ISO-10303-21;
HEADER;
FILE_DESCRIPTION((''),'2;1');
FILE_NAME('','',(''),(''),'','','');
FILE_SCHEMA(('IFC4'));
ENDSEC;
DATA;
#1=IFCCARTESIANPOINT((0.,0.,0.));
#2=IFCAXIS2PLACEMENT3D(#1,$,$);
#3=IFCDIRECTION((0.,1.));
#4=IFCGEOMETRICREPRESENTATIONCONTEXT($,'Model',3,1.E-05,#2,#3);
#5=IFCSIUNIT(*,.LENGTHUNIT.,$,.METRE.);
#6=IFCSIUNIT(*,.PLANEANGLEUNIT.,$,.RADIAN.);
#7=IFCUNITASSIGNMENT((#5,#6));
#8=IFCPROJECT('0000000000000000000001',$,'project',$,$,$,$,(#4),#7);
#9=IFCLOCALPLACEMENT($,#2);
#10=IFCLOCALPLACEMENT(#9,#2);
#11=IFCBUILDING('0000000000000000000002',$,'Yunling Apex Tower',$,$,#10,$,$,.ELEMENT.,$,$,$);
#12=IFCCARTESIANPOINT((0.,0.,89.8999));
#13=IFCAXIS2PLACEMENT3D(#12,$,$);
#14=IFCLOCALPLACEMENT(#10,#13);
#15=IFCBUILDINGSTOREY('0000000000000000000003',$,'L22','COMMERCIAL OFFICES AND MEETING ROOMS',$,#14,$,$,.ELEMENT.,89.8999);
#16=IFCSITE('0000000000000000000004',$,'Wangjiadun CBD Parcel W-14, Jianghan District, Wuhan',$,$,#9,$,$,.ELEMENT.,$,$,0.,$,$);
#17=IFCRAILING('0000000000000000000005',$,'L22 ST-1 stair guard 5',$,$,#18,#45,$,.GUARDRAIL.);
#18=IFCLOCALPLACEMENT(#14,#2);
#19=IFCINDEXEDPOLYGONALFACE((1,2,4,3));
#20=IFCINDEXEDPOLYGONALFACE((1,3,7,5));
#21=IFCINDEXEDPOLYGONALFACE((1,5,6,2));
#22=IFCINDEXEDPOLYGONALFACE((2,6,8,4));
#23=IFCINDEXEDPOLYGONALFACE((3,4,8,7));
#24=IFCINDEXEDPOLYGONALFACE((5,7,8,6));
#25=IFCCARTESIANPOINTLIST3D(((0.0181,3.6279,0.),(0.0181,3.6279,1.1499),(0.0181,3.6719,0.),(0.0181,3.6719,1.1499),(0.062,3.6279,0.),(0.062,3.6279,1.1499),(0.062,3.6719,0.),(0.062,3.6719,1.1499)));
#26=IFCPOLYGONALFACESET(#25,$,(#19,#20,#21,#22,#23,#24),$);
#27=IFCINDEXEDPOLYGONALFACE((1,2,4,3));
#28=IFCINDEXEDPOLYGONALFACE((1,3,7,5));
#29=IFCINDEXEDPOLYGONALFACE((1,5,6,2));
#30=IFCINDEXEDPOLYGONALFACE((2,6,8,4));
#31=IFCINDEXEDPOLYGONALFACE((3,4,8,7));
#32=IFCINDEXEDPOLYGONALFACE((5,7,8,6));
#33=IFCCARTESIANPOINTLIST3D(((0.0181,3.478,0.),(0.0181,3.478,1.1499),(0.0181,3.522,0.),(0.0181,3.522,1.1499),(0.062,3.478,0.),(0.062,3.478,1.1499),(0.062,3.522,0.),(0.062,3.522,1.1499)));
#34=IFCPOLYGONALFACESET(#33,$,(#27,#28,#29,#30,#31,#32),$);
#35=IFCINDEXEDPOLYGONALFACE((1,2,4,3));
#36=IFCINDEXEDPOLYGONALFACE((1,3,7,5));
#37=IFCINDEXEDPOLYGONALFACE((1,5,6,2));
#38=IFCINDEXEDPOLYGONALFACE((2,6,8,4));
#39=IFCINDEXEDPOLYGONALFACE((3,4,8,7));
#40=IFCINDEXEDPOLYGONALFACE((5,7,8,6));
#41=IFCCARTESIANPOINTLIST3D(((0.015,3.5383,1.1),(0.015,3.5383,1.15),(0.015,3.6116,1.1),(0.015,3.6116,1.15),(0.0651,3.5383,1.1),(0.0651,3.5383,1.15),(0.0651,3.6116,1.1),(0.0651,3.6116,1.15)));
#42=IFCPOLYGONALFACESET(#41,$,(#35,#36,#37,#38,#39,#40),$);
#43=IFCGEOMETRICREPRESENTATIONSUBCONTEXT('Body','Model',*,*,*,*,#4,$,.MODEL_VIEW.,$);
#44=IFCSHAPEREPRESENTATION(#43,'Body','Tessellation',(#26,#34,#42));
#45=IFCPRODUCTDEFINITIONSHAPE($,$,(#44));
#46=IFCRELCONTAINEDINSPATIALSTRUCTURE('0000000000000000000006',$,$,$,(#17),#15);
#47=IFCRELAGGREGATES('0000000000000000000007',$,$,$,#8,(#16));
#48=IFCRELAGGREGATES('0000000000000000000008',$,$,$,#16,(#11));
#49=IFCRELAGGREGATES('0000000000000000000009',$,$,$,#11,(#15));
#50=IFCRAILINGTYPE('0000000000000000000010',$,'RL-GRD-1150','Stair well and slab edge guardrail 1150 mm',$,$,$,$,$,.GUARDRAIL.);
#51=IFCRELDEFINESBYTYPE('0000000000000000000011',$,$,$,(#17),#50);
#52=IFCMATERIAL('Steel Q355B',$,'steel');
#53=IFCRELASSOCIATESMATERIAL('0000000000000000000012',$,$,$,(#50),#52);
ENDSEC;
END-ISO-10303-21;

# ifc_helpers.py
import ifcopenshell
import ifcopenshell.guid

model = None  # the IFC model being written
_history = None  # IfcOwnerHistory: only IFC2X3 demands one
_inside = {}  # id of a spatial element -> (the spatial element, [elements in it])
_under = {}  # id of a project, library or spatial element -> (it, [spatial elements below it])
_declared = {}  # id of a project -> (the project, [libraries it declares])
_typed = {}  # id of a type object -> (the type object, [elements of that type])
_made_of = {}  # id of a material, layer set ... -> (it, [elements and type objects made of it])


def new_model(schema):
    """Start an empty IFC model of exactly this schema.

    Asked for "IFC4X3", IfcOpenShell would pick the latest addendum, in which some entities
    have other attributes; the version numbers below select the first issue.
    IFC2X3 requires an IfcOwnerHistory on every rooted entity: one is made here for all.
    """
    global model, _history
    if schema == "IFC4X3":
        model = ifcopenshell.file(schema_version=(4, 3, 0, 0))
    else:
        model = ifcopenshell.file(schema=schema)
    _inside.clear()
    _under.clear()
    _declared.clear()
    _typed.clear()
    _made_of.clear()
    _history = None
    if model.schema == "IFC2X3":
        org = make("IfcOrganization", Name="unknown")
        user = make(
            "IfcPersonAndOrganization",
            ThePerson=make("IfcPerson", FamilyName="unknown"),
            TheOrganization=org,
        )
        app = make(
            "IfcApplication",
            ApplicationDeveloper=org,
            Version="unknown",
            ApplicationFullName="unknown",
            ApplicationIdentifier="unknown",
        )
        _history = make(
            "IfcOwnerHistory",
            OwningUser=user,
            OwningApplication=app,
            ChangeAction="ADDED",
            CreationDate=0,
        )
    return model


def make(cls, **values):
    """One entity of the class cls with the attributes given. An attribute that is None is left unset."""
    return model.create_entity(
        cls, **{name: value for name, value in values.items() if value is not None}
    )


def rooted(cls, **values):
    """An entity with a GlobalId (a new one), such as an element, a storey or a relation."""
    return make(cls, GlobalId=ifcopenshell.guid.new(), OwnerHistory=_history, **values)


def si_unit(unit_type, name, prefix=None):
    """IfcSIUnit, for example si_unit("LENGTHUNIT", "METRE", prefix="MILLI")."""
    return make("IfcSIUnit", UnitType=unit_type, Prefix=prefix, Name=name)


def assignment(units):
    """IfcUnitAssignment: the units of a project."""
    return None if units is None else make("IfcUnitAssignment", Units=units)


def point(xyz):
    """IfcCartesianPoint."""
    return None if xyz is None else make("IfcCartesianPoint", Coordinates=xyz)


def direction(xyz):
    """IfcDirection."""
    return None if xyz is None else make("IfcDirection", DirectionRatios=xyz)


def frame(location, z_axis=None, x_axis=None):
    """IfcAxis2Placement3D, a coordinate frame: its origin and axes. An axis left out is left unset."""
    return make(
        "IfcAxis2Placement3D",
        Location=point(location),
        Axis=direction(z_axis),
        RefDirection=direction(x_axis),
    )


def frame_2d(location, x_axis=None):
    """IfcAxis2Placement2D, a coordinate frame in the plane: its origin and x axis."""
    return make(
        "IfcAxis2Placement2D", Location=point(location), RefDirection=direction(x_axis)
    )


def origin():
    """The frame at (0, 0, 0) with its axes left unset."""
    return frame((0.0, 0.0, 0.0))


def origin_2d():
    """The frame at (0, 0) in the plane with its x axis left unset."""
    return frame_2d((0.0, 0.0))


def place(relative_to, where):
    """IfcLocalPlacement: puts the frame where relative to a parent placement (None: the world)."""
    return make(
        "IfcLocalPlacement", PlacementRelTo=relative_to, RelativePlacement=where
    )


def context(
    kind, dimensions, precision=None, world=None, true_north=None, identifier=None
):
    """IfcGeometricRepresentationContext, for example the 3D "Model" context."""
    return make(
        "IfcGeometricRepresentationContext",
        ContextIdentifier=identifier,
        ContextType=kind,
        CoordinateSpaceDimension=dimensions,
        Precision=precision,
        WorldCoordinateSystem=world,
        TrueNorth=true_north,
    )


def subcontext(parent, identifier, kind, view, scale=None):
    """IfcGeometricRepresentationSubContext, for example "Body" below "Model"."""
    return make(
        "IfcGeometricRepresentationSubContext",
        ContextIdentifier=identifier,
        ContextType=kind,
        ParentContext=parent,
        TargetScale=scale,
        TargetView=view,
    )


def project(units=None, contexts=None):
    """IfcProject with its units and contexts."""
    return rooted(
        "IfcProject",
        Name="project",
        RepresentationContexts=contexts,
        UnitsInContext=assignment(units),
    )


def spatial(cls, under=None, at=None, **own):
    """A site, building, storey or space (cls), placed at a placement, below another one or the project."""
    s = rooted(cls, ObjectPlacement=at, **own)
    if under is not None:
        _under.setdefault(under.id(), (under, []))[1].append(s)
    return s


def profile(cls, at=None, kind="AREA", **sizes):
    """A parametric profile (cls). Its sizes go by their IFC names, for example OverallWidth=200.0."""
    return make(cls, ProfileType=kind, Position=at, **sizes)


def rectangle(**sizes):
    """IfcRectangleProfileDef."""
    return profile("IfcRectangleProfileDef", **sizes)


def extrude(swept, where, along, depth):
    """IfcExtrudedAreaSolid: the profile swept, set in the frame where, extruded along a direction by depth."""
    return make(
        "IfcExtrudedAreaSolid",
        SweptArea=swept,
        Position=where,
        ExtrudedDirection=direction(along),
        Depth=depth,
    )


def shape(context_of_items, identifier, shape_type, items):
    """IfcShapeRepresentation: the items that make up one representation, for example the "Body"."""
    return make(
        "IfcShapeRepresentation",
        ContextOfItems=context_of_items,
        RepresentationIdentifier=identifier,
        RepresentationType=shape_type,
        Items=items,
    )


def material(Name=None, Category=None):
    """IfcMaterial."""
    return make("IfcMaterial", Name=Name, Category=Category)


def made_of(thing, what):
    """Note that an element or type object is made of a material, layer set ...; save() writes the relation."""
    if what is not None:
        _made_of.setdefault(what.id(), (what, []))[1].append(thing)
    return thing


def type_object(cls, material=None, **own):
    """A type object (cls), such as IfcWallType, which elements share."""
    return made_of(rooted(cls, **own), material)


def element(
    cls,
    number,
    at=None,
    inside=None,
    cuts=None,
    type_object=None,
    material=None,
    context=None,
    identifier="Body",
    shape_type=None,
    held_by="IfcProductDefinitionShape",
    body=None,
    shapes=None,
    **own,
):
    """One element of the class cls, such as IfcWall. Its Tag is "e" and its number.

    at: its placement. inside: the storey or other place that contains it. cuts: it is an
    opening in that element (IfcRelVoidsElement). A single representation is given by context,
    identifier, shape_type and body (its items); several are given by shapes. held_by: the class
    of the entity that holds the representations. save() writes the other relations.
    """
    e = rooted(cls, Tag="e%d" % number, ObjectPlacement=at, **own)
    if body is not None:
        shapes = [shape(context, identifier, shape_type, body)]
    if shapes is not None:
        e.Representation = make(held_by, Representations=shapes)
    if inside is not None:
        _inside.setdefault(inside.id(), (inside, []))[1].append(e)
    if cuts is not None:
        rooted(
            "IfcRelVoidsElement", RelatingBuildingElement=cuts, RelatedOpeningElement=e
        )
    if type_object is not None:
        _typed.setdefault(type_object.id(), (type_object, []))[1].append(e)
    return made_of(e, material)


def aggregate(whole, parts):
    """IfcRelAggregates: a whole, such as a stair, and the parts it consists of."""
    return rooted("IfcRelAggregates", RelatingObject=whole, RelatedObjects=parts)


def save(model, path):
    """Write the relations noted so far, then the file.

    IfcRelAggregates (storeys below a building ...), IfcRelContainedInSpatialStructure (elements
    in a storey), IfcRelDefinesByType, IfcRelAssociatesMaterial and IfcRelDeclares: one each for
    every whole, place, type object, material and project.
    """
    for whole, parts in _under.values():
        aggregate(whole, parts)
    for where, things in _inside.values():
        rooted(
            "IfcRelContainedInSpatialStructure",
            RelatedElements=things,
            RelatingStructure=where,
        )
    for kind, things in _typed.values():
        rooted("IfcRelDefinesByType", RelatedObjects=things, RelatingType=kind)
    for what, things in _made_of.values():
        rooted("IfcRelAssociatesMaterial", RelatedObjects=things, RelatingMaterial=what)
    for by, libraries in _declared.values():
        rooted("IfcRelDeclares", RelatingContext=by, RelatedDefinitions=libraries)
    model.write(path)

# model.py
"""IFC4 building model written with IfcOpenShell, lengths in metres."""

from ifc_helpers import new_model, si_unit, direction, frame, origin, origin_2d, place, context, subcontext, project, spatial, rectangle, extrude, material, type_object, element, save


model = new_model("IFC4")

# Units and contexts
model_context = context("Model", 3, precision=1e-05, world=origin(), true_north=direction((0.0, 1.0)))
body_context = subcontext(model_context, "Body", "Model", "MODEL_VIEW")
ifc_project = project(units=[si_unit("LENGTHUNIT", "METRE"), si_unit("PLANEANGLEUNIT", "RADIAN")], contexts=[model_context])

# Site, building, storey
site_placement = place(None, origin())
site = spatial("IfcSite", under=ifc_project, at=site_placement, Name="Wangjiadun CBD Parcel W-14, Jianghan District, Wuhan", CompositionType="ELEMENT", RefElevation=0.0)
building_placement = place(site_placement, origin())
building = spatial("IfcBuilding", under=site, at=building_placement, Name="Yunling Apex Tower", CompositionType="ELEMENT")
storey_placement = place(building_placement, frame((0.0, 0.0, 89.8999)))
storey = spatial("IfcBuildingStorey", under=building, at=storey_placement, Name="L22", Description="COMMERCIAL OFFICES AND MEETING ROOMS", CompositionType="ELEMENT", Elevation=89.8999)

# Shared definitions
ifc_material_1 = material(Name="Steel Q355B", Category="steel")

# Railing
railing_type_1 = type_object("IfcRailingType", Name="RL-GRD-1150", Description="Stair well and slab edge guardrail 1150 mm", PredefinedType="GUARDRAIL", material=ifc_material_1)
railing_1_placement = place(storey_placement, frame((0.04, 3.6499, 0.0)))
element("IfcRailing", 1, at=railing_1_placement, inside=storey, type_object=railing_type_1, Name="L22 ST-1 stair guard 5", PredefinedType="GUARDRAIL", context=body_context, shape_type="SweptSolid", body=[
    extrude(rectangle(XDim=0.0439, YDim=0.0439, at=origin_2d()), origin(), (0.0, 0.0, 1.0), 1.1499),
    extrude(rectangle(XDim=0.0439, YDim=0.0439, at=origin_2d()), frame((0.0, -0.1499, 0.0)), (0.0, 0.0, 1.0), 1.1499),
    extrude(rectangle(XDim=0.05, YDim=0.05, at=origin_2d()), frame((0.0, -0.0383, 1.125), z_axis=(0.0, -1.0, 0.0), x_axis=(1.0, 0.0, 0.0)), (0.0, 0.0, 1.0), 0.0732),
])

save(model, "model.ifc")
